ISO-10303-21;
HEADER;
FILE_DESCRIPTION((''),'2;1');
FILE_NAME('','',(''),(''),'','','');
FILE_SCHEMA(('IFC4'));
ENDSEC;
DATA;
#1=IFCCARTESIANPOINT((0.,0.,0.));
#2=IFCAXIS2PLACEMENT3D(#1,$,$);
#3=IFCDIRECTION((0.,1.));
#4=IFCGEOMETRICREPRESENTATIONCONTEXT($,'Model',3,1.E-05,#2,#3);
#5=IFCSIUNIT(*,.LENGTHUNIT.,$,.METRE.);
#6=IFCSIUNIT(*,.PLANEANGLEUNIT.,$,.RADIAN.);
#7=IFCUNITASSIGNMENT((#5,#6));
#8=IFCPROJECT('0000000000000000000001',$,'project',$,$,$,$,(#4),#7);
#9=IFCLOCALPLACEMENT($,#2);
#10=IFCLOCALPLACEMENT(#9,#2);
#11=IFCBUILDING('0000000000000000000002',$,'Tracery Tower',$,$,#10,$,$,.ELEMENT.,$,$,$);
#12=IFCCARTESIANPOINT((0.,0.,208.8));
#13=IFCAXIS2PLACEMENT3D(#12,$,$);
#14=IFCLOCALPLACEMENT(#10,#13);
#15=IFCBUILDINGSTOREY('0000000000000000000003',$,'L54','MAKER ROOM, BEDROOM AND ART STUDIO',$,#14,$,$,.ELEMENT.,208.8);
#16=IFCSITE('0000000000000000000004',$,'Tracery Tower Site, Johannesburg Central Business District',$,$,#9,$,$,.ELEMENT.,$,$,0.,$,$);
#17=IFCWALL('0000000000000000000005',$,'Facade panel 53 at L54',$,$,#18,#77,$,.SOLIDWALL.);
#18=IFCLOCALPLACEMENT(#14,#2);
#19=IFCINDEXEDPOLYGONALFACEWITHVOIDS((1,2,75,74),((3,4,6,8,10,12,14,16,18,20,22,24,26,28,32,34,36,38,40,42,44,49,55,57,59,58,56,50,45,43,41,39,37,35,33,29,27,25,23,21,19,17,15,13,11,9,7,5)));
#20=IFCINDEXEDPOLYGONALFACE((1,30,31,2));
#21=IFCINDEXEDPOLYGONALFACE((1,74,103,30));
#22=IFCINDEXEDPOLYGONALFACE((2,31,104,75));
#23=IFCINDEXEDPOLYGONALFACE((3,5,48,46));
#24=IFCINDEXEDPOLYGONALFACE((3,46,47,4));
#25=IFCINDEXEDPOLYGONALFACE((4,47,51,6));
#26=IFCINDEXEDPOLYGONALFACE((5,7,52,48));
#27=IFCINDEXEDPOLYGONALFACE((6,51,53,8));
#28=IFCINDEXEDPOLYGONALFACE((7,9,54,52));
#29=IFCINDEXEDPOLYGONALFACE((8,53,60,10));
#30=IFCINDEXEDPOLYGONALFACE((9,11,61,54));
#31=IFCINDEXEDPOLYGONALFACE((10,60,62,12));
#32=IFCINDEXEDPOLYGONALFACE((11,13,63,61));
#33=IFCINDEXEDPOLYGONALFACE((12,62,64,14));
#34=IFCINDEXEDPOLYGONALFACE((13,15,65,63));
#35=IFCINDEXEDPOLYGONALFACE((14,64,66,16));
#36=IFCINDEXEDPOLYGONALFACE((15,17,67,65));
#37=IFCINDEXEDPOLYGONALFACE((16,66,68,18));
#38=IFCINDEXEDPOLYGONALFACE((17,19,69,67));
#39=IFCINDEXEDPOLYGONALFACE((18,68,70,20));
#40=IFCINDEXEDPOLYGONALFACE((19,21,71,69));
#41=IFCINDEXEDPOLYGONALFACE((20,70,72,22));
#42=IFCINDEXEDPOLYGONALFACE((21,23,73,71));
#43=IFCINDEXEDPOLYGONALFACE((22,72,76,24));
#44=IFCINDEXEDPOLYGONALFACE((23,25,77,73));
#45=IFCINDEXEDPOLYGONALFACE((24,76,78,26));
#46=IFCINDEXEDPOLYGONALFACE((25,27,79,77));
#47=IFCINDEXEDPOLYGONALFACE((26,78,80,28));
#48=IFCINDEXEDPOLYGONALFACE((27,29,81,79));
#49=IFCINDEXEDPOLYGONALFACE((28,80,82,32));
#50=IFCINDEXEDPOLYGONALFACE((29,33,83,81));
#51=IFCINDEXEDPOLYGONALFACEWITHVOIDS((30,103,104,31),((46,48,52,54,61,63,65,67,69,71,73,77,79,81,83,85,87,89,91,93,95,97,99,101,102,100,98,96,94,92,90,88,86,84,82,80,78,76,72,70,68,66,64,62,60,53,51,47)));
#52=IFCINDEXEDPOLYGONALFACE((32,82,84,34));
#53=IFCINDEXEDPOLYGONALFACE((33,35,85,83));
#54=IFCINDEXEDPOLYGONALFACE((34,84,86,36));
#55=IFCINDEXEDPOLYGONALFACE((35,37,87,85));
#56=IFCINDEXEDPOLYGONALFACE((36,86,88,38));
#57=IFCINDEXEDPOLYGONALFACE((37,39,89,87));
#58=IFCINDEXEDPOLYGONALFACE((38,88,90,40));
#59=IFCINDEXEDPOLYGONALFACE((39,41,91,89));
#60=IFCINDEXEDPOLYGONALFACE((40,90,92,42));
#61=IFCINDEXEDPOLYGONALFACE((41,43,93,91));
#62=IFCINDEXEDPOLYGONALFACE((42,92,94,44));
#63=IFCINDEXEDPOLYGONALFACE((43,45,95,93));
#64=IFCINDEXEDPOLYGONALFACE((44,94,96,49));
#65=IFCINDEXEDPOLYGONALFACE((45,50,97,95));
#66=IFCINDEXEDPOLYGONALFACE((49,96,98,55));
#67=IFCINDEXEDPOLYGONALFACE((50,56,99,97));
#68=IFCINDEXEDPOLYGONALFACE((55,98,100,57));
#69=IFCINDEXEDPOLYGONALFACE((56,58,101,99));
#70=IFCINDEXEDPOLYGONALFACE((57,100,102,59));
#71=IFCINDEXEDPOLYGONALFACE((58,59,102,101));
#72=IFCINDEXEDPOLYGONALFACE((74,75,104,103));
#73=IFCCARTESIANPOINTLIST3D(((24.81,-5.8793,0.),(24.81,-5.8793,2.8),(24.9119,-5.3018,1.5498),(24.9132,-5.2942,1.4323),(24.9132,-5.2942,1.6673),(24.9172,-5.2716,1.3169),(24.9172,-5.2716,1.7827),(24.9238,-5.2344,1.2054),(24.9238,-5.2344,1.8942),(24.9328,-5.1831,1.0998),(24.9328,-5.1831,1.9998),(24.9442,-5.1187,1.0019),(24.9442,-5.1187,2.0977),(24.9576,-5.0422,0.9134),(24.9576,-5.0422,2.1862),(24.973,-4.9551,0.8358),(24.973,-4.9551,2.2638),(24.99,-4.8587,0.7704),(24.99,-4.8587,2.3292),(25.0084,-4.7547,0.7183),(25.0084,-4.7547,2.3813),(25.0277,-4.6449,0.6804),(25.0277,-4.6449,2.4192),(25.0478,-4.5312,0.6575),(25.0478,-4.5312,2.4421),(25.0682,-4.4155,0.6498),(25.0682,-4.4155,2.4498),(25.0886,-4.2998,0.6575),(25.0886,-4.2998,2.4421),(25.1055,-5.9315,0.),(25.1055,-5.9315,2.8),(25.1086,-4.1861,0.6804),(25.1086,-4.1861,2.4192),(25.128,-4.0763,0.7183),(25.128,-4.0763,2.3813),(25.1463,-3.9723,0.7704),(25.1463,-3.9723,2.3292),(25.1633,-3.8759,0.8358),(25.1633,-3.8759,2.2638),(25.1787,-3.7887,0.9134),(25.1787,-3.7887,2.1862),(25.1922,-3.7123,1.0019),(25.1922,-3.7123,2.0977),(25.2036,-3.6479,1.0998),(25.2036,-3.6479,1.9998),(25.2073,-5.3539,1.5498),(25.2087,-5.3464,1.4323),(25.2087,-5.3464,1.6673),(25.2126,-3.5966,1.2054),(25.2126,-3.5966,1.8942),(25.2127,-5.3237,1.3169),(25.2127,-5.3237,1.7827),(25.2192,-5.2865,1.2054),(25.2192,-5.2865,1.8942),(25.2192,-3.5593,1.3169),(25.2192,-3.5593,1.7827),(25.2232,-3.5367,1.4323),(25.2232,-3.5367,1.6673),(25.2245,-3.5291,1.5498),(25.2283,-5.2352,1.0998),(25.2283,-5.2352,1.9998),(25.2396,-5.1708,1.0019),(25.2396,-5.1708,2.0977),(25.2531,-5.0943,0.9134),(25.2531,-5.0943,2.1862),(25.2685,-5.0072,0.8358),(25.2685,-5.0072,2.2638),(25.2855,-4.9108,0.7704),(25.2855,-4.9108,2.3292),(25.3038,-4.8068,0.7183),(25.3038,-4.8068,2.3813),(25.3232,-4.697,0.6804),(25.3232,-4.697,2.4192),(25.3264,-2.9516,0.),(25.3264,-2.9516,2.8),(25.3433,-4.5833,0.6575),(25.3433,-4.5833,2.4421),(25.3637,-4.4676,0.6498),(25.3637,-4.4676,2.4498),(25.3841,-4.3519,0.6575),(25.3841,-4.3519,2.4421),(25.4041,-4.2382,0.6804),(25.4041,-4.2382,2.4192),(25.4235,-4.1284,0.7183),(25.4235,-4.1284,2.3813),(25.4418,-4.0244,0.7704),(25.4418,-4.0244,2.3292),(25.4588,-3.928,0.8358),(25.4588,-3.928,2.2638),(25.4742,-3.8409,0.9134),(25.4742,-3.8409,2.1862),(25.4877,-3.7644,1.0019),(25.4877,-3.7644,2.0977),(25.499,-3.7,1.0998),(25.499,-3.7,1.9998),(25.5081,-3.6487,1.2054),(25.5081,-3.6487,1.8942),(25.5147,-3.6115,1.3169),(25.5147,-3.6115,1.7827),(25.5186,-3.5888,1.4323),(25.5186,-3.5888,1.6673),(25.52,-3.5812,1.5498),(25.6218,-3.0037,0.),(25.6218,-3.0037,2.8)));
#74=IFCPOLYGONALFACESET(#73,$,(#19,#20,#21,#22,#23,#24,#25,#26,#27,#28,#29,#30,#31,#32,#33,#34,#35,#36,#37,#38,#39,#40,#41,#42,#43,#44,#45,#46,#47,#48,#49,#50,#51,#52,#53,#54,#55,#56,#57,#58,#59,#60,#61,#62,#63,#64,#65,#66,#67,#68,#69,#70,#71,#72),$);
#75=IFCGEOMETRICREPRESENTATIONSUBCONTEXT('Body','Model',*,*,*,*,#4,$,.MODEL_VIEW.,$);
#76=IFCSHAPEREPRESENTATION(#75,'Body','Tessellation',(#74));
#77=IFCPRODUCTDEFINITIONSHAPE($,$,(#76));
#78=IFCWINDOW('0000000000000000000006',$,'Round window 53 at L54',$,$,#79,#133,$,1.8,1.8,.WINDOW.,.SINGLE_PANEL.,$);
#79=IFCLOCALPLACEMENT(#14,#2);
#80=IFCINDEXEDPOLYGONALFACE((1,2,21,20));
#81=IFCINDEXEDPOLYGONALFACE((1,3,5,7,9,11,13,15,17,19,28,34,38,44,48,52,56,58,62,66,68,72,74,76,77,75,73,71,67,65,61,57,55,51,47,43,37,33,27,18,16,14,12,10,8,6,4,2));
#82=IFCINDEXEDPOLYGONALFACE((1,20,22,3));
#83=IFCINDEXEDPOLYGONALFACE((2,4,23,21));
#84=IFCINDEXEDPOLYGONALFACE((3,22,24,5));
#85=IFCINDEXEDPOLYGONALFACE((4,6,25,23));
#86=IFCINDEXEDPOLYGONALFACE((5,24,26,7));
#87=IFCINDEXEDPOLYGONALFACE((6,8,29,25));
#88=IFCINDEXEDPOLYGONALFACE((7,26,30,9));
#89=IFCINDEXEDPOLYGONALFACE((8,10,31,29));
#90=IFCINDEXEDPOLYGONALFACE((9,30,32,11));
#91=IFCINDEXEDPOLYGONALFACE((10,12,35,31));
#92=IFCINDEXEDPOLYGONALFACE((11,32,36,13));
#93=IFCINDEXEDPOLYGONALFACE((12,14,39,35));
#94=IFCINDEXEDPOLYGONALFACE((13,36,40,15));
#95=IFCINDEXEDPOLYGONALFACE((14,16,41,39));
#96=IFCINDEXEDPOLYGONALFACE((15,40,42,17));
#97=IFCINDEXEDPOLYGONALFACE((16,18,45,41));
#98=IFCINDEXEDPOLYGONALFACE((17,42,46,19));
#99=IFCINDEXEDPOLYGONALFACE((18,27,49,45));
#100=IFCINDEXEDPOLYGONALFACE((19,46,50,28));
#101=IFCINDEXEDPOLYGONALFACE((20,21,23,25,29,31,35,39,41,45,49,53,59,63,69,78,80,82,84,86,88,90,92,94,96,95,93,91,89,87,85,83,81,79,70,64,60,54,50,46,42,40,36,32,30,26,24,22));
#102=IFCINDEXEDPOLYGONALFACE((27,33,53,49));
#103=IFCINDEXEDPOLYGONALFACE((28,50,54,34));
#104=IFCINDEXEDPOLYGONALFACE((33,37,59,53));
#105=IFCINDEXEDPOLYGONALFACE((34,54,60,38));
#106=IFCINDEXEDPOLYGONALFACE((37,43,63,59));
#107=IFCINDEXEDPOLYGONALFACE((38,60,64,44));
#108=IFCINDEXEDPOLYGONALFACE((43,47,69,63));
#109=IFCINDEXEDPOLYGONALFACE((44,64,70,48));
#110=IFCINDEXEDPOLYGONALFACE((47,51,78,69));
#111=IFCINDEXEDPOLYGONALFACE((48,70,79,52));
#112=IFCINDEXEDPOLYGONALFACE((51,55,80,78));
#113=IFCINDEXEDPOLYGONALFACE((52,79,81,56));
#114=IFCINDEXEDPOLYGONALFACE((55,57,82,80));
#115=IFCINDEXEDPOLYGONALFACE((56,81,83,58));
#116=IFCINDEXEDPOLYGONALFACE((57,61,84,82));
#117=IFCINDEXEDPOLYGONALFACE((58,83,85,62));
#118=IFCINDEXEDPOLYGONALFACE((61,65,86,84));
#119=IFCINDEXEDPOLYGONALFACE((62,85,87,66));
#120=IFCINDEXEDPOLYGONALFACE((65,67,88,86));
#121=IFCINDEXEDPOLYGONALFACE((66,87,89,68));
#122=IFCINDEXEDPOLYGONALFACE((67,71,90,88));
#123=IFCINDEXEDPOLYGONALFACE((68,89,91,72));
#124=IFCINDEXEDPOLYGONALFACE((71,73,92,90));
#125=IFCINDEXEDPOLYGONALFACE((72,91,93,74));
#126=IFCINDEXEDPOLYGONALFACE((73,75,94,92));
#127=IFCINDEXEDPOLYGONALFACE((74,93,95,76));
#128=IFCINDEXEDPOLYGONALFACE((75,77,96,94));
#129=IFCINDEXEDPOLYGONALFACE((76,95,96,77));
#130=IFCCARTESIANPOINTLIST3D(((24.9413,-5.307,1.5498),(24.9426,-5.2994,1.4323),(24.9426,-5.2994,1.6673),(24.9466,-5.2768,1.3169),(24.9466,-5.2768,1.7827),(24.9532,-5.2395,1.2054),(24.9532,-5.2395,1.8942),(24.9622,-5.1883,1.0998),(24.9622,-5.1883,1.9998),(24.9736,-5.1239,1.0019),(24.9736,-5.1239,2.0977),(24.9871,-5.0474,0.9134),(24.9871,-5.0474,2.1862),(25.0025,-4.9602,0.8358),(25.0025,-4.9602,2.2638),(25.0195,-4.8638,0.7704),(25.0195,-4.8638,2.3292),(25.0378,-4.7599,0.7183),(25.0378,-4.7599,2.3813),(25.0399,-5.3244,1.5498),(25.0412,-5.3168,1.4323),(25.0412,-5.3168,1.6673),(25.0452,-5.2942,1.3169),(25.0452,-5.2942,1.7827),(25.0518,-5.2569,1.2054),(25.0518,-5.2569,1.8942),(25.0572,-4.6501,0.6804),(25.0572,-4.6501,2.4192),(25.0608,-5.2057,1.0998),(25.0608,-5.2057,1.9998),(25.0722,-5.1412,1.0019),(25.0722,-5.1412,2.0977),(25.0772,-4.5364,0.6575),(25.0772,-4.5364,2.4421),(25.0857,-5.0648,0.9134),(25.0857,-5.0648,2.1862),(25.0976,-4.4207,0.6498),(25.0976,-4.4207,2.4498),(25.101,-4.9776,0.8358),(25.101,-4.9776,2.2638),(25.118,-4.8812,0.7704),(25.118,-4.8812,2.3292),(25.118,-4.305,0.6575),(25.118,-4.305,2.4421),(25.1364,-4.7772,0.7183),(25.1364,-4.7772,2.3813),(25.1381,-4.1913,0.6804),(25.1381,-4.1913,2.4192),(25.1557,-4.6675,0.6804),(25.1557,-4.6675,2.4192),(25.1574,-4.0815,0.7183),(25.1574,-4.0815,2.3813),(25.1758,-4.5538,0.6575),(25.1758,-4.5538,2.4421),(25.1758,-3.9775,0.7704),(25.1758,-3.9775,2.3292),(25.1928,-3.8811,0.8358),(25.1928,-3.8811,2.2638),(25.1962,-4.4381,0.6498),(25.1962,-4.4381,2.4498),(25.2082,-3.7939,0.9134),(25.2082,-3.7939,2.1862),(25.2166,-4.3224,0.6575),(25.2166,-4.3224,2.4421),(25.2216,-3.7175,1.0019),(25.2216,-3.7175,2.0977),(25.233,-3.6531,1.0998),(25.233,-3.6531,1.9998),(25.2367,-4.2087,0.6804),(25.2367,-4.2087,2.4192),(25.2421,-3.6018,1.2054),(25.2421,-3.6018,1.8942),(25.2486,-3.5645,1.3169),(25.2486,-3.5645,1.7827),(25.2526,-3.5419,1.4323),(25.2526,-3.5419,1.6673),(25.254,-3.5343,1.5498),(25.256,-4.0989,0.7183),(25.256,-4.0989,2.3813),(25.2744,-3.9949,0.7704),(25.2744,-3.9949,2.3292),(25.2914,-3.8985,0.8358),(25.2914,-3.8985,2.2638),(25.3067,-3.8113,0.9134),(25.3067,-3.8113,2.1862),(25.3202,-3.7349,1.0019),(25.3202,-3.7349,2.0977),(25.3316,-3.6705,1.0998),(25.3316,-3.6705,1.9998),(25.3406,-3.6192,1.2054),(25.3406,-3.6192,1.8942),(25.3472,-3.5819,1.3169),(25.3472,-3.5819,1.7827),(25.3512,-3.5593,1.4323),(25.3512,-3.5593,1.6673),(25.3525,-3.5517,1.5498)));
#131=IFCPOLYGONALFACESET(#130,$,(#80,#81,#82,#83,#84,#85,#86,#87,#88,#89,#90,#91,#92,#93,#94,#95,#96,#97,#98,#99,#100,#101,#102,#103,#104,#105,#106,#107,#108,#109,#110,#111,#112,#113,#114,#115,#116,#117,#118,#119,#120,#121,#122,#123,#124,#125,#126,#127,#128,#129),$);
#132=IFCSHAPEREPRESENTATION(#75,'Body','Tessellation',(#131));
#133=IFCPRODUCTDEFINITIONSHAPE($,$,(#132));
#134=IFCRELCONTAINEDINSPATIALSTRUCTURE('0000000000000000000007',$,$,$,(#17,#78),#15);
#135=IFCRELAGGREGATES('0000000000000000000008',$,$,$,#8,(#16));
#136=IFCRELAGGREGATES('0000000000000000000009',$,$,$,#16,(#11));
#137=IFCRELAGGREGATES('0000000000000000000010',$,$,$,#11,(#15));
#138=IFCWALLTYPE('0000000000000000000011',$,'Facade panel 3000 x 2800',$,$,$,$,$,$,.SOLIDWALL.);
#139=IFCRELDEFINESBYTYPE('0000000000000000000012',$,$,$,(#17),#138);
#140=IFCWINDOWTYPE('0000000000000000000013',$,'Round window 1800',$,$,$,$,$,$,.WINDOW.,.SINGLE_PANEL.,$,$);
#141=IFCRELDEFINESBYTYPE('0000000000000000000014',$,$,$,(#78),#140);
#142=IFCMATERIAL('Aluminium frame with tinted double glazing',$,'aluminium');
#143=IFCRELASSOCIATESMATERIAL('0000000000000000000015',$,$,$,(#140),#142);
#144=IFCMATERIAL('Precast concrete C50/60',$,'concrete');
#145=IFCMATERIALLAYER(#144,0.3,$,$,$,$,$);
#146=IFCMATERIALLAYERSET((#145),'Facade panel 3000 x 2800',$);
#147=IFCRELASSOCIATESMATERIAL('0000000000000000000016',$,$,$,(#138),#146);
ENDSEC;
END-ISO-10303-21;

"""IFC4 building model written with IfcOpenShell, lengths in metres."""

from ifc_helpers import new_model, si_unit, direction, frame, frame_2d, origin, origin_2d, place, context, subcontext, project, spatial, rectangle, circle, extrude, material, layer, layer_set, type_object, element, fill, save


model = new_model("IFC4")

# Units and contexts
model_context = context("Model", 3, precision=1e-05, world=origin(), true_north=direction((0.0, 1.0)))
body_context = subcontext(model_context, "Body", "Model", "MODEL_VIEW")
ifc_project = project(units=[si_unit("LENGTHUNIT", "METRE"), si_unit("PLANEANGLEUNIT", "RADIAN")], contexts=[model_context])

# Site, building, storey
site_placement = place(None, origin())
site = spatial("IfcSite", under=ifc_project, at=site_placement, Name="Tracery Tower Site, Johannesburg Central Business District", CompositionType="ELEMENT", RefElevation=0.0)
building_placement = place(site_placement, origin())
building = spatial("IfcBuilding", under=site, at=building_placement, Name="Tracery Tower", CompositionType="ELEMENT")
storey_placement = place(building_placement, frame((0.0, 0.0, 208.8)))
storey = spatial("IfcBuildingStorey", under=building, at=storey_placement, Name="L54", Description="MAKER ROOM, BEDROOM AND ART STUDIO", CompositionType="ELEMENT", Elevation=208.8)

# Wall, opening, window
ifc_material_1 = material(Name="Aluminium frame with tinted double glazing", Category="aluminium")
window_type = type_object("IfcWindowType", Name="Round window 1800", PartitioningType="SINGLE_PANEL", PredefinedType="WINDOW", material=ifc_material_1)
ifc_material_2 = material(Name="Precast concrete C50/60", Category="concrete")
ifc_layer_1 = layer(ifc_material_2, 0.3)
ifc_layer_set_1 = layer_set([ifc_layer_1], Name="Facade panel 3000 x 2800")
wall_type_1 = type_object("IfcWallType", Name="Facade panel 3000 x 2800", PredefinedType="SOLIDWALL", material=ifc_layer_set_1)
wall_1_placement = place(storey_placement, frame((24.9578, -5.9053, 0.0), z_axis=(0.0, 0.0, 1.0), x_axis=(0.173687, 0.984801, 0.0)))
wall_1 = element("IfcWall", 1, at=wall_1_placement, inside=storey, type_object=wall_type_1, Name="Facade panel 53 at L54", PredefinedType="SOLIDWALL", context=body_context, shape_type="SweptSolid", body=[
    extrude(rectangle(XDim=2.9729, YDim=0.3, at=frame_2d((1.4863, 0.0))), origin(), (0.0, 0.0, 1.0), 2.8),
])
opening_1_placement = place(wall_1_placement, frame((1.4863, 0.0, 1.5498)))
opening_1 = element("IfcOpeningElement", 2, at=opening_1_placement, cuts=wall_1, PredefinedType="OPENING", context=body_context, shape_type="SweptSolid", body=[
    extrude(circle(Radius=0.9, at=origin_2d()), frame((0.0, 0.1599, 0.0), z_axis=(0.0, -1.0, 0.0), x_axis=(1.0, 0.0, 0.0)), (0.0, 0.0, 1.0), 0.3201),
])
window_1_placement = place(opening_1_placement, origin())
window_1 = element("IfcWindow", 3, at=window_1_placement, inside=storey, type_object=window_type, Name="Round window 53 at L54", OverallHeight=1.8, OverallWidth=1.8, PartitioningType="SINGLE_PANEL", PredefinedType="WINDOW", context=body_context, shape_type="SweptSolid", body=[
    extrude(circle(Radius=0.9, at=origin_2d()), frame((0.0, 0.1201, 0.0), z_axis=(0.0, -1.0, 0.0), x_axis=(1.0, 0.0, 0.0)), (0.0, 0.0, 1.0), 0.1001),
])
fill(opening_1, window_1)

save(model, "model.ifc")
